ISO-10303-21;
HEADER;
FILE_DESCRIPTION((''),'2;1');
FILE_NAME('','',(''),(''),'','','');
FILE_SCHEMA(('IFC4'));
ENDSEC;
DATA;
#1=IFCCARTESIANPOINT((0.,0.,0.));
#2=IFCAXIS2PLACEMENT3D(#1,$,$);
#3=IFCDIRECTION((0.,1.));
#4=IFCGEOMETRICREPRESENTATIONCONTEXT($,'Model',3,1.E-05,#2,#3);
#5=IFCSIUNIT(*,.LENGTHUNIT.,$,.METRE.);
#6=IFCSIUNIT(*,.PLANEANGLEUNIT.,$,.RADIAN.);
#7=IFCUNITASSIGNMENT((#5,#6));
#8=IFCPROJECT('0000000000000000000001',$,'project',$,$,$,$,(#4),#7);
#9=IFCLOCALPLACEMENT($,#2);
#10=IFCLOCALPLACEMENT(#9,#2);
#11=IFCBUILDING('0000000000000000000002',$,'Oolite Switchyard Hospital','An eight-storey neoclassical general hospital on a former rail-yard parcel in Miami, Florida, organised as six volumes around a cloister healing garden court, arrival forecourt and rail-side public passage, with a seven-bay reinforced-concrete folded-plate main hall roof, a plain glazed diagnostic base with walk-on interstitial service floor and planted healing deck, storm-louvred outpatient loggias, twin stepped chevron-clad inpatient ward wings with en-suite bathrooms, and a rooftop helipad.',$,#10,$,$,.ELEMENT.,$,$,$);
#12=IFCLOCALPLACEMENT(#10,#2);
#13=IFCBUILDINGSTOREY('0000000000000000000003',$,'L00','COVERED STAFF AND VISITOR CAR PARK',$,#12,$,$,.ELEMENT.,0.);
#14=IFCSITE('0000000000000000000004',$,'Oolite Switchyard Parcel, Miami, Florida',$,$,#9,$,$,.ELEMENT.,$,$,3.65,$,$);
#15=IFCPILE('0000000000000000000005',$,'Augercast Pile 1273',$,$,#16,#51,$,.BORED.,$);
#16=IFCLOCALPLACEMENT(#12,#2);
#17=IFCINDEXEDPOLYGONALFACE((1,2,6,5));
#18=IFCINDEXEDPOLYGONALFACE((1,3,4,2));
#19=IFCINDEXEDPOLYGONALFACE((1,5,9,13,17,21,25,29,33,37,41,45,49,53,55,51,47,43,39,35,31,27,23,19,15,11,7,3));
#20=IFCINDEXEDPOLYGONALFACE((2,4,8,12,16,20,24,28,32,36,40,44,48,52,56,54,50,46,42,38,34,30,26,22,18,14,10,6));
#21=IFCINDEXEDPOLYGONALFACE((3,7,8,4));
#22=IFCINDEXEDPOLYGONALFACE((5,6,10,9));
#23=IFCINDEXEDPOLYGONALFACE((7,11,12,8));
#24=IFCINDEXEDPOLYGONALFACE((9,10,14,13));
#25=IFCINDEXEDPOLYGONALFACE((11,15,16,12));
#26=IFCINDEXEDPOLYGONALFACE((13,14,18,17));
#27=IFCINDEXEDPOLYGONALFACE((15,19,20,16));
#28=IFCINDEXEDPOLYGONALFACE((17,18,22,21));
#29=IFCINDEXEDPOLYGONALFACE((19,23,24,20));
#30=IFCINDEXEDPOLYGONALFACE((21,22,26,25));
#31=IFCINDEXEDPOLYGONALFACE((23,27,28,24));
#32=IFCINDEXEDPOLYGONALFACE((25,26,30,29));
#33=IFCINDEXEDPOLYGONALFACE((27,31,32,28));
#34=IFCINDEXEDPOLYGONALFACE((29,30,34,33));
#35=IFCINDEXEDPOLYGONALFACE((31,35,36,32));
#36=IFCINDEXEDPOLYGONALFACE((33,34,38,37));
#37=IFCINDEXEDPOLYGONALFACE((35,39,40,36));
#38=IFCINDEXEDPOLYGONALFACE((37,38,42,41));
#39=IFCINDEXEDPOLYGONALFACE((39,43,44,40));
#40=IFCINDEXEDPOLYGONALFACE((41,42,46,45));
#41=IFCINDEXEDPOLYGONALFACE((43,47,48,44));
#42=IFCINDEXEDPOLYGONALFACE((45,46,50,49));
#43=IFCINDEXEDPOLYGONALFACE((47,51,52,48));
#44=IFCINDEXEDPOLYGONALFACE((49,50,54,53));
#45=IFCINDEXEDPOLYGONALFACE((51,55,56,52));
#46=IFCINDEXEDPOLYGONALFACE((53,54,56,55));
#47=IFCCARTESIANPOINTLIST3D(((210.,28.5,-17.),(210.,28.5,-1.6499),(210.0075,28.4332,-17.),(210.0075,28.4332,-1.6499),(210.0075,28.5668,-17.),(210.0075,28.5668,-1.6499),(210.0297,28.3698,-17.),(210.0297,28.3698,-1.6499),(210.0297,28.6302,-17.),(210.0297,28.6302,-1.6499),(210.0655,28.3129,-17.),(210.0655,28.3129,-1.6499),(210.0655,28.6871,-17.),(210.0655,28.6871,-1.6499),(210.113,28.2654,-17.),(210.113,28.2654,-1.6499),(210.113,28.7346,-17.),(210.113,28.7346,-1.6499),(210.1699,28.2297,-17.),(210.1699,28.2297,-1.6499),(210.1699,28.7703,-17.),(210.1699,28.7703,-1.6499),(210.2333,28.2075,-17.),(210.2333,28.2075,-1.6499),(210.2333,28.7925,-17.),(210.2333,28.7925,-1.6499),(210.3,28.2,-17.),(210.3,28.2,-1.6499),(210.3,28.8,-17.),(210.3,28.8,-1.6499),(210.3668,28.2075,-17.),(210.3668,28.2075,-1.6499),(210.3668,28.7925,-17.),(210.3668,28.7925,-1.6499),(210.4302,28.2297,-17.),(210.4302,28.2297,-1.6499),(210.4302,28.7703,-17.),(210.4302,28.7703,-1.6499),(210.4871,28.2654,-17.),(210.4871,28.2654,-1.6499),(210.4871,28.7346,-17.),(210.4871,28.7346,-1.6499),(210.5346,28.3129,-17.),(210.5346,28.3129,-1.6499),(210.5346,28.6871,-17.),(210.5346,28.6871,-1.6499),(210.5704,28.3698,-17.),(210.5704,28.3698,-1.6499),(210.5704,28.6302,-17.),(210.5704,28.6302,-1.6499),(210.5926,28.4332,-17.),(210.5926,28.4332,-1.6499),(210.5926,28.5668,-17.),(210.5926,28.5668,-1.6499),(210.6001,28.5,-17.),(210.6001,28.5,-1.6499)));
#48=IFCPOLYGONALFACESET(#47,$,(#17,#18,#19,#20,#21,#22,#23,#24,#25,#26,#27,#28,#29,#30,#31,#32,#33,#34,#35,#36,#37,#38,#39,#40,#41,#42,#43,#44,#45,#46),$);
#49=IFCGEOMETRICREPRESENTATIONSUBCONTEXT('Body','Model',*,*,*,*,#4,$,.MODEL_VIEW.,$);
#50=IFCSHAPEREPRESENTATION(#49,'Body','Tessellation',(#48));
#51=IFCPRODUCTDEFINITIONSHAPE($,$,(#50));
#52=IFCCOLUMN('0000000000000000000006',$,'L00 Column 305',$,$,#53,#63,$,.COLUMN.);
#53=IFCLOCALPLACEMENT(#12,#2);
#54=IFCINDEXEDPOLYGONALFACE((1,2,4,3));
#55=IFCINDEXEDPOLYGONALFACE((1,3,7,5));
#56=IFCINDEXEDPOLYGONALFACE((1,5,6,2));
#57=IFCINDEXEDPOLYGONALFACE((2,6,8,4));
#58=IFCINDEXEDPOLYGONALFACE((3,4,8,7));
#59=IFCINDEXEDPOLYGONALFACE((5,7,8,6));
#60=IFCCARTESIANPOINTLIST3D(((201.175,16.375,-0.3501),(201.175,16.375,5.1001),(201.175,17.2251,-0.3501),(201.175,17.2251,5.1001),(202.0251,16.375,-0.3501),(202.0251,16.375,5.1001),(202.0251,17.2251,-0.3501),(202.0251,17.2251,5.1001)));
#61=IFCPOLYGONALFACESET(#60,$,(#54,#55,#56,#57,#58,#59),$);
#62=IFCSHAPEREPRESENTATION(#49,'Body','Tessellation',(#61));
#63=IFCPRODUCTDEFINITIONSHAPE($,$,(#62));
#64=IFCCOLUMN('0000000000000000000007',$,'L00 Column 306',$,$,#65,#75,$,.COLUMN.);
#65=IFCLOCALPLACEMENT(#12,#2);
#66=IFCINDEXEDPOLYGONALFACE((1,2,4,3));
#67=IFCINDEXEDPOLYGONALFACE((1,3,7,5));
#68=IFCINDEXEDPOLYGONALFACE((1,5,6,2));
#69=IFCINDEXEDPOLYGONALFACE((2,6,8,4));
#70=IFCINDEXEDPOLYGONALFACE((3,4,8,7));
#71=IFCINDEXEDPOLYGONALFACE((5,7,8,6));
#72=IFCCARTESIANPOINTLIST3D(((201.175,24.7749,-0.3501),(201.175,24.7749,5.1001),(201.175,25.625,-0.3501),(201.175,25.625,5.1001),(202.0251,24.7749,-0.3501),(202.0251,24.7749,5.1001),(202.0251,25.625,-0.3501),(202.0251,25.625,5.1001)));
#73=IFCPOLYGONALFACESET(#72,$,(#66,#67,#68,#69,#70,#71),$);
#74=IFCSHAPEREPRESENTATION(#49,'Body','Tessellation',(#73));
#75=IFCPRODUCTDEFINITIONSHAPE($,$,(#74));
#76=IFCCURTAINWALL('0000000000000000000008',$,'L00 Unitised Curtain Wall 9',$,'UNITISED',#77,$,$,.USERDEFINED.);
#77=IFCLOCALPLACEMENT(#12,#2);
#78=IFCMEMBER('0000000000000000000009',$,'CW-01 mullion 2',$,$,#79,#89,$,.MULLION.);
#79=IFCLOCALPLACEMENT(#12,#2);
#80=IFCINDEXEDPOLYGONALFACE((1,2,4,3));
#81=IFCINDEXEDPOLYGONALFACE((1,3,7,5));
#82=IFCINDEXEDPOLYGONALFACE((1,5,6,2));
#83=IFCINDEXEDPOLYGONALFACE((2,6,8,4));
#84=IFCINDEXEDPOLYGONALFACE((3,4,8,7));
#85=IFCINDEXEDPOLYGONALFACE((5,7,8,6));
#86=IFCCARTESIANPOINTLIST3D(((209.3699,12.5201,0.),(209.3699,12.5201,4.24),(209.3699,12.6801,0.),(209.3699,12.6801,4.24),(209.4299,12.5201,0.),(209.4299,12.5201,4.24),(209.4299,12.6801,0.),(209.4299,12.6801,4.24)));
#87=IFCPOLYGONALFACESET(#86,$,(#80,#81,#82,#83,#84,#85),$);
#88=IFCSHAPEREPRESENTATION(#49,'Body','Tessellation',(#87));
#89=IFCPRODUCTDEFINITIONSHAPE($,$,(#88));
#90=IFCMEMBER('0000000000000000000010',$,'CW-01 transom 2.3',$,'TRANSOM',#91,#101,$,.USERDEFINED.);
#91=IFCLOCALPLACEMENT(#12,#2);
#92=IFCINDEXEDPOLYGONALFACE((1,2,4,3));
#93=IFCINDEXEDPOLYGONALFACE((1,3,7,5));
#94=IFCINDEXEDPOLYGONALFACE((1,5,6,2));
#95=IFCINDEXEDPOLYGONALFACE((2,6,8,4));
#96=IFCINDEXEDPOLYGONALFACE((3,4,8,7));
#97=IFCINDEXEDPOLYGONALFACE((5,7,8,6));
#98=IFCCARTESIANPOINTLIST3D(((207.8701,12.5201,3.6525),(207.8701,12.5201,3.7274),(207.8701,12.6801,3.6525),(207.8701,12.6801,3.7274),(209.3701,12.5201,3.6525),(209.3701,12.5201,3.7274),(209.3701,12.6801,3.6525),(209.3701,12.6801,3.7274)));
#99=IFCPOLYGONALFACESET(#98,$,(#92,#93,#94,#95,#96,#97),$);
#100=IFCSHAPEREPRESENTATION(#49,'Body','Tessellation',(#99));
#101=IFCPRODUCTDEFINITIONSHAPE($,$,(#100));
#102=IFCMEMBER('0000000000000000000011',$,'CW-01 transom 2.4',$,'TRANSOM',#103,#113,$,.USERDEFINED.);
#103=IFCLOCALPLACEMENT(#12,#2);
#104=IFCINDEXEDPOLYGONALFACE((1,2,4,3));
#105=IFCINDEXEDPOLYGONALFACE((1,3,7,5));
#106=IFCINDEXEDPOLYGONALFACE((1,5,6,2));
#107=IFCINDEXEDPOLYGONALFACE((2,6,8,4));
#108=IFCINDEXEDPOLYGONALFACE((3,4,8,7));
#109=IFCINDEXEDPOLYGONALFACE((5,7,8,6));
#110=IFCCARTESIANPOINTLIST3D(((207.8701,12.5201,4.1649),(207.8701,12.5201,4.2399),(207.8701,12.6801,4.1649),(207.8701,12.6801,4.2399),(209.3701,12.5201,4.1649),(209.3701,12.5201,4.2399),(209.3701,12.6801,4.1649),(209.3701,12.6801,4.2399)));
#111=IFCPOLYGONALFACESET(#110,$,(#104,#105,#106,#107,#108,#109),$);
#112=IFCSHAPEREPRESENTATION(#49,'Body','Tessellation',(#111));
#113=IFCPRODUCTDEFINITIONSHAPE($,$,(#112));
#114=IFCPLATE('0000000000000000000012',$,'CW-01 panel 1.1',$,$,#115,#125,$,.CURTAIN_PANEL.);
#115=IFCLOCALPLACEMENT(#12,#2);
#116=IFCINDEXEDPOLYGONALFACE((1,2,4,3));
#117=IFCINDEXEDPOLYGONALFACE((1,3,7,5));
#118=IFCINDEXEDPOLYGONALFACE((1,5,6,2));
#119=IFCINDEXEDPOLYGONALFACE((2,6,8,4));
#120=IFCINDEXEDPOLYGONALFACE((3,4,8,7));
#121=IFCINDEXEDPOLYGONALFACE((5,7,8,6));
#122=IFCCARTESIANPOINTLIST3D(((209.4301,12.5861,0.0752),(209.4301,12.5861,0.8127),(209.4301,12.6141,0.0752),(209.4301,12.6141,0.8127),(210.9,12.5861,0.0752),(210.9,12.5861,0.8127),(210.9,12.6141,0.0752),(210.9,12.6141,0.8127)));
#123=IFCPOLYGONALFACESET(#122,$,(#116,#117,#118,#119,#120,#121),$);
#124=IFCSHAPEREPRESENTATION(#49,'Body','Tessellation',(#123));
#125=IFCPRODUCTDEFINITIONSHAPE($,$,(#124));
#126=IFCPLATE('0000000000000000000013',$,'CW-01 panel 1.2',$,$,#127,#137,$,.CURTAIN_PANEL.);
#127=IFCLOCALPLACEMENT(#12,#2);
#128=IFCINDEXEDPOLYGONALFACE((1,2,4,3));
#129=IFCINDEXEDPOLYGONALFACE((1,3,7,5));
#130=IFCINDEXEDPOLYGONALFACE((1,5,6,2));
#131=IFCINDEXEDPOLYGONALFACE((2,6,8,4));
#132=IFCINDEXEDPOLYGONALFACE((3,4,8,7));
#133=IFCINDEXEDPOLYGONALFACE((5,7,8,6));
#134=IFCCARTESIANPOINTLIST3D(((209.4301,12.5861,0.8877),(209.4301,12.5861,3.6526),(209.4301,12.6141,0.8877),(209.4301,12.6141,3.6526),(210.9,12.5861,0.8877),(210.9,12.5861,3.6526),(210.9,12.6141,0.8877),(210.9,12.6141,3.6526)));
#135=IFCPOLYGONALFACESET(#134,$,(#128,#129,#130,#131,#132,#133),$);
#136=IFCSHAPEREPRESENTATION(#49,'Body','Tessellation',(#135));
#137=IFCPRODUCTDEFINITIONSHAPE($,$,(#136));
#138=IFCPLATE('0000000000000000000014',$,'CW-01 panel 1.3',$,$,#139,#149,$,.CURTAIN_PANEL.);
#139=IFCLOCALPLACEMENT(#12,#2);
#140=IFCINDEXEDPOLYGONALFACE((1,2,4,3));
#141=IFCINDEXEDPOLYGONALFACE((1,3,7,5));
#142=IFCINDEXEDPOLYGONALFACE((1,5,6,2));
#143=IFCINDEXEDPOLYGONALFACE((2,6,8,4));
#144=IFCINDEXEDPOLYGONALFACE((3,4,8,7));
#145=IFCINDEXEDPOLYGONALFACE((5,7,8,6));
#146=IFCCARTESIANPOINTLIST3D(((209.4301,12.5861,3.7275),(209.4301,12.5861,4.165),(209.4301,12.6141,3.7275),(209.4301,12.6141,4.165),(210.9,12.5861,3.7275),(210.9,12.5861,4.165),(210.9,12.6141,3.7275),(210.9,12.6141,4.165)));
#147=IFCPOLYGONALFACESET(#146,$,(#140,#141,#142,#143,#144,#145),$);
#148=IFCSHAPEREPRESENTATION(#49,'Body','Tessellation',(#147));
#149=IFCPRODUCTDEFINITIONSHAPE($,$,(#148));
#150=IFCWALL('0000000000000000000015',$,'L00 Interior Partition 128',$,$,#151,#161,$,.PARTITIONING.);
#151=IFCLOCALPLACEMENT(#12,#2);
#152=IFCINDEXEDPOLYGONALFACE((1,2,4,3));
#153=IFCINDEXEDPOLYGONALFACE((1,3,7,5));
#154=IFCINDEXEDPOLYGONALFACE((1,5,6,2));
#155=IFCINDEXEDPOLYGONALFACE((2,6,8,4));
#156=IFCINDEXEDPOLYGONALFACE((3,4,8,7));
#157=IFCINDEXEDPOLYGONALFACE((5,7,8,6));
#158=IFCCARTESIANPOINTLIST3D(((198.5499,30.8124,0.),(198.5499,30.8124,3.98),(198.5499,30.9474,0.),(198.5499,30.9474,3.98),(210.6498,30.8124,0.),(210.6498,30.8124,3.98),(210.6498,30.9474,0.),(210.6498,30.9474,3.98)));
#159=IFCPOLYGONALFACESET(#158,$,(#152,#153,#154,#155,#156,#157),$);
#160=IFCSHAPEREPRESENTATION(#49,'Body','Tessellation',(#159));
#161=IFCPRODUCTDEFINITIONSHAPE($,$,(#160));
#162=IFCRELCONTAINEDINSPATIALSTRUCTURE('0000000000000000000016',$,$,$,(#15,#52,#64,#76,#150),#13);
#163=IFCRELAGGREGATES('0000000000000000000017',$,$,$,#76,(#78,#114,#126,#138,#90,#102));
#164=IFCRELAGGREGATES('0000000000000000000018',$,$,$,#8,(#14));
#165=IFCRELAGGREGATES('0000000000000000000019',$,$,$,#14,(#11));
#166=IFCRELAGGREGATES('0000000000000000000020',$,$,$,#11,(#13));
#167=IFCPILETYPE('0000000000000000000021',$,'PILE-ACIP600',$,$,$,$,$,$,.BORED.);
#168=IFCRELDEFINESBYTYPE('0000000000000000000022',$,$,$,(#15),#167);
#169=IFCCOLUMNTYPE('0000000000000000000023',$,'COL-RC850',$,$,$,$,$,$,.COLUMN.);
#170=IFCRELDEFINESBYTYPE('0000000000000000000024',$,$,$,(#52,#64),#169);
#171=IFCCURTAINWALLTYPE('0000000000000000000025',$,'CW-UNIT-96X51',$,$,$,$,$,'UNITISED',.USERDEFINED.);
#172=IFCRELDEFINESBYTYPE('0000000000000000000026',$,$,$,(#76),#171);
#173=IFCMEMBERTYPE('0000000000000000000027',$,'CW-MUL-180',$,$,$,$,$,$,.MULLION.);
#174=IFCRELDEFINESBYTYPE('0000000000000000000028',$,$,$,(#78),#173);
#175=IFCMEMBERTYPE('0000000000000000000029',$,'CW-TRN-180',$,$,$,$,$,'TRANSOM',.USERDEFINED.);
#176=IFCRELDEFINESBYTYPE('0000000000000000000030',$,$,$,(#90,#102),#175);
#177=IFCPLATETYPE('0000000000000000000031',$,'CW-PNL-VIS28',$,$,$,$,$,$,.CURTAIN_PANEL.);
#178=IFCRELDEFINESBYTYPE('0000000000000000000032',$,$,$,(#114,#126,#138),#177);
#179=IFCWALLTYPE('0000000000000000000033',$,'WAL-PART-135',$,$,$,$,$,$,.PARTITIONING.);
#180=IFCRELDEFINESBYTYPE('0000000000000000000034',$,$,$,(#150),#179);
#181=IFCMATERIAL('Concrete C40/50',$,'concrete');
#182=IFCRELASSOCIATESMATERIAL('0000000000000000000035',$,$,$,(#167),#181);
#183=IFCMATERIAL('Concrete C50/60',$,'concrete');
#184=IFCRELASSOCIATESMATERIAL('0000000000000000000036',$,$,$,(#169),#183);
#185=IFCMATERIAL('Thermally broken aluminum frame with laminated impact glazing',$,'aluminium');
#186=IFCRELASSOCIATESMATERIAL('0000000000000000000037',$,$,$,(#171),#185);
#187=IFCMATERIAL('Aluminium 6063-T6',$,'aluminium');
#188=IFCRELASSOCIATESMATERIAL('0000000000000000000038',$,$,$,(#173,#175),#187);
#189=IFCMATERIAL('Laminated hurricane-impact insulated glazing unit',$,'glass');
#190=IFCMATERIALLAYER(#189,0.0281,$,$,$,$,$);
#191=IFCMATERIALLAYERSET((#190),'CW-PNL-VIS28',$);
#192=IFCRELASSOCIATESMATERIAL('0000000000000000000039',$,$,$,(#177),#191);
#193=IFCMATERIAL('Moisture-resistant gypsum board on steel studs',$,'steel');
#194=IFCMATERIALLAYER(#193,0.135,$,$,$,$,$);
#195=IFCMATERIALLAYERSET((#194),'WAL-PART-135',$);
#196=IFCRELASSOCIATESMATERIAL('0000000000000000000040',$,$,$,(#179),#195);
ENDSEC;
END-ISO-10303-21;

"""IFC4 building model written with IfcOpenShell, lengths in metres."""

from ifc_helpers import new_model, si_unit, direction, frame, frame_2d, origin, origin_2d, place, context, subcontext, project, spatial, rectangle, circle, extrude, material, layer, layer_set, material_profile, profile_set, type_object, element, aggregate, save


model = new_model("IFC4")

# Units and contexts
model_context = context("Model", 3, precision=1e-05, world=origin(), true_north=direction((0.0, 1.0)))
body_context = subcontext(model_context, "Body", "Model", "MODEL_VIEW")
ifc_project = project(units=[si_unit("LENGTHUNIT", "METRE"), si_unit("PLANEANGLEUNIT", "RADIAN")], contexts=[model_context])

# Site, building, storey
site_placement = place(None, origin())
site = spatial("IfcSite", under=ifc_project, at=site_placement, Name="Oolite Switchyard Parcel, Miami, Florida", CompositionType="ELEMENT", RefElevation=3.65)
building_placement = place(site_placement, origin())
building = spatial("IfcBuilding", under=site, at=building_placement, Name="Oolite Switchyard Hospital", Description="An eight-storey neoclassical general hospital on a former rail-yard parcel in Miami, Florida, organised as six volumes around a cloister healing garden court, arrival forecourt and rail-side public passage, with a seven-bay reinforced-concrete folded-plate main hall roof, a plain glazed diagnostic base with walk-on interstitial service floor and planted healing deck, storm-louvred outpatient loggias, twin stepped chevron-clad inpatient ward wings with en-suite bathrooms, and a rooftop helipad.", CompositionType="ELEMENT")
storey_placement = place(building_placement, origin())
storey = spatial("IfcBuildingStorey", under=building, at=storey_placement, Name="L00", Description="COVERED STAFF AND VISITOR CAR PARK", CompositionType="ELEMENT", Elevation=0.0)

# Shared definitions
ifc_material_1 = material(Name="Concrete C40/50", Category="concrete")

# Pile
ifc_material_profile_1 = material_profile(ifc_material_1, circle(Radius=0.3, at=origin_2d()), Name="PILE600")
ifc_profile_set_1 = profile_set([ifc_material_profile_1], Name="Concrete C40/50")
pile_type = type_object("IfcPileType", Name="PILE-ACIP600", PredefinedType="BORED", material=ifc_profile_set_1)
pile_placement = place(storey_placement, frame((210.3, 28.5, -1.6499), z_axis=(0.0, 0.0, -1.0), x_axis=(1.0, 0.0, 0.0)))
element("IfcPile", 1, at=pile_placement, inside=storey, type_object=pile_type, Name="Augercast Pile 1273", PredefinedType="BORED", context=body_context, shape_type="SweptSolid", body=[
    extrude(circle(Radius=0.3, at=origin_2d()), origin(), (0.0, 0.0, 1.0), 15.3501),
])

# Columns
ifc_material_2 = material(Name="Concrete C50/60", Category="concrete")
ifc_material_profile_2 = material_profile(ifc_material_2, rectangle(XDim=0.8501, YDim=0.8501, at=origin_2d()), Name="RC850X850")
ifc_profile_set_2 = profile_set([ifc_material_profile_2], Name="Concrete C50/60")
column_type = type_object("IfcColumnType", Name="COL-RC850", PredefinedType="COLUMN", material=ifc_profile_set_2)
for number, where, z_axis, x_axis, name in (
    (2, (201.6001, 16.8, -0.3501), (0.0, 0.0, 1.0), (1.0, 0.0, 0.0), "L00 Column 305"),
    (3, (201.6001, 25.2, -0.3501), (0.0, 0.0, 1.0), (1.0, 0.0, 0.0), "L00 Column 306"),
):
    element("IfcColumn", number, at=place(storey_placement, frame(where, z_axis=z_axis, x_axis=x_axis)), inside=storey, type_object=column_type, Name=name, PredefinedType="COLUMN", context=body_context, shape_type="SweptSolid", body=[
        extrude(rectangle(XDim=0.8501, YDim=0.8501, at=origin_2d()), origin(), (0.0, 0.0, 1.0), 5.4502),
    ])

# Curtain wall, members, plates
ifc_material_3 = material(Name="Thermally broken aluminum frame with laminated impact glazing", Category="aluminium")
curtain_wall_type = type_object("IfcCurtainWallType", Name="CW-UNIT-96X51", ElementType="UNITISED", PredefinedType="USERDEFINED", material=ifc_material_3)
curtain_wall_placement = place(storey_placement, origin())
curtain_wall = element("IfcCurtainWall", 4, at=curtain_wall_placement, inside=storey, type_object=curtain_wall_type, Name="L00 Unitised Curtain Wall 9", ObjectType="UNITISED", PredefinedType="USERDEFINED")
ifc_material_4 = material(Name="Aluminium 6063-T6", Category="aluminium")
ifc_material_profile_3 = material_profile(ifc_material_4, rectangle(XDim=0.1599, YDim=0.0601, at=origin_2d()), Name="CWM60X160")
ifc_profile_set_3 = profile_set([ifc_material_profile_3], Name="Aluminium 6063-T6")
member_type_1 = type_object("IfcMemberType", Name="CW-MUL-180", PredefinedType="MULLION", material=ifc_profile_set_3)
member_1_placement = place(storey_placement, frame((209.3999, 12.6001, 0.0), z_axis=(0.0, 0.0, 1.0), x_axis=(0.0, -1.0, 0.0)))
member_1 = element("IfcMember", 5, at=member_1_placement, type_object=member_type_1, Name="CW-01 mullion 2", PredefinedType="MULLION", context=body_context, shape_type="SweptSolid", body=[
    extrude(rectangle(XDim=0.1599, YDim=0.0601, at=origin_2d()), origin(), (0.0, 0.0, 1.0), 4.24),
])
ifc_material_profile_4 = material_profile(ifc_material_4, rectangle(XDim=0.1599, YDim=0.075, at=origin_2d()), Name="CWT75X160")
ifc_profile_set_4 = profile_set([ifc_material_profile_4], Name="Aluminium 6063-T6")
member_type_2 = type_object("IfcMemberType", Name="CW-TRN-180", ElementType="TRANSOM", PredefinedType="USERDEFINED", material=ifc_profile_set_4)
member_2_placement = place(storey_placement, frame((209.3701, 12.6001, 3.6899), z_axis=(-1.0, 0.0, 0.0), x_axis=(0.0, -1.0, 0.0)))
member_2 = element("IfcMember", 6, at=member_2_placement, type_object=member_type_2, Name="CW-01 transom 2.3", ObjectType="TRANSOM", PredefinedType="USERDEFINED", context=body_context, shape_type="SweptSolid", body=[
    extrude(rectangle(XDim=0.1599, YDim=0.075, at=origin_2d()), origin(), (0.0, 0.0, 1.0), 1.5),
])
member_3_placement = place(storey_placement, frame((209.3701, 12.6001, 4.2024), z_axis=(-1.0, 0.0, 0.0), x_axis=(0.0, -1.0, 0.0)))
member_3 = element("IfcMember", 7, at=member_3_placement, type_object=member_type_2, Name="CW-01 transom 2.4", ObjectType="TRANSOM", PredefinedType="USERDEFINED", context=body_context, shape_type="SweptSolid", body=[
    extrude(rectangle(XDim=0.1599, YDim=0.075, at=origin_2d()), origin(), (0.0, 0.0, 1.0), 1.5),
])
ifc_material_5 = material(Name="Laminated hurricane-impact insulated glazing unit", Category="glass")
ifc_layer_1 = layer(ifc_material_5, 0.0281)
ifc_layer_set_1 = layer_set([ifc_layer_1], Name="CW-PNL-VIS28")
plate_type = type_object("IfcPlateType", Name="CW-PNL-VIS28", PredefinedType="CURTAIN_PANEL", material=ifc_layer_set_1)
plate_1_placement = place(storey_placement, frame((210.165, 12.6001, 0.0752), z_axis=(0.0, 0.0, 1.0), x_axis=(-1.0, 0.0, 0.0)))
plate_1 = element("IfcPlate", 8, at=plate_1_placement, type_object=plate_type, Name="CW-01 panel 1.1", PredefinedType="CURTAIN_PANEL", context=body_context, shape_type="SweptSolid", body=[
    extrude(rectangle(XDim=1.47, YDim=0.0281, at=origin_2d()), origin(), (0.0, 0.0, 1.0), 0.7375),
])
plate_2_placement = place(storey_placement, frame((210.165, 12.6001, 0.8877), z_axis=(0.0, 0.0, 1.0), x_axis=(-1.0, 0.0, 0.0)))
plate_2 = element("IfcPlate", 9, at=plate_2_placement, type_object=plate_type, Name="CW-01 panel 1.2", PredefinedType="CURTAIN_PANEL", context=body_context, shape_type="SweptSolid", body=[
    extrude(rectangle(XDim=1.47, YDim=0.0281, at=origin_2d()), origin(), (0.0, 0.0, 1.0), 2.7649),
])
plate_3_placement = place(storey_placement, frame((210.165, 12.6001, 3.7275), z_axis=(0.0, 0.0, 1.0), x_axis=(-1.0, 0.0, 0.0)))
plate_3 = element("IfcPlate", 10, at=plate_3_placement, type_object=plate_type, Name="CW-01 panel 1.3", PredefinedType="CURTAIN_PANEL", context=body_context, shape_type="SweptSolid", body=[
    extrude(rectangle(XDim=1.47, YDim=0.0281, at=origin_2d()), origin(), (0.0, 0.0, 1.0), 0.4375),
])
aggregate(curtain_wall, [member_1, plate_1, plate_2, plate_3, member_2, member_3])

# Wall
ifc_material_6 = material(Name="Moisture-resistant gypsum board on steel studs", Category="steel")
ifc_layer_2 = layer(ifc_material_6, 0.135)
ifc_layer_set_2 = layer_set([ifc_layer_2], Name="WAL-PART-135")
wall_type_1 = type_object("IfcWallType", Name="WAL-PART-135", PredefinedType="PARTITIONING", material=ifc_layer_set_2)
wall_1_placement = place(storey_placement, frame((198.55, 30.8799, 0.0), z_axis=(0.0, 0.0, 1.0), x_axis=(1.0, 0.0, 0.0)))
element("IfcWall", 11, at=wall_1_placement, inside=storey, type_object=wall_type_1, Name="L00 Interior Partition 128", PredefinedType="PARTITIONING", context=body_context, shape_type="SweptSolid", body=[
    extrude(rectangle(XDim=12.0999, YDim=0.135, at=frame_2d((6.0498, 0.0))), origin(), (0.0, 0.0, 1.0), 3.98),
])

save(model, "model.ifc")
